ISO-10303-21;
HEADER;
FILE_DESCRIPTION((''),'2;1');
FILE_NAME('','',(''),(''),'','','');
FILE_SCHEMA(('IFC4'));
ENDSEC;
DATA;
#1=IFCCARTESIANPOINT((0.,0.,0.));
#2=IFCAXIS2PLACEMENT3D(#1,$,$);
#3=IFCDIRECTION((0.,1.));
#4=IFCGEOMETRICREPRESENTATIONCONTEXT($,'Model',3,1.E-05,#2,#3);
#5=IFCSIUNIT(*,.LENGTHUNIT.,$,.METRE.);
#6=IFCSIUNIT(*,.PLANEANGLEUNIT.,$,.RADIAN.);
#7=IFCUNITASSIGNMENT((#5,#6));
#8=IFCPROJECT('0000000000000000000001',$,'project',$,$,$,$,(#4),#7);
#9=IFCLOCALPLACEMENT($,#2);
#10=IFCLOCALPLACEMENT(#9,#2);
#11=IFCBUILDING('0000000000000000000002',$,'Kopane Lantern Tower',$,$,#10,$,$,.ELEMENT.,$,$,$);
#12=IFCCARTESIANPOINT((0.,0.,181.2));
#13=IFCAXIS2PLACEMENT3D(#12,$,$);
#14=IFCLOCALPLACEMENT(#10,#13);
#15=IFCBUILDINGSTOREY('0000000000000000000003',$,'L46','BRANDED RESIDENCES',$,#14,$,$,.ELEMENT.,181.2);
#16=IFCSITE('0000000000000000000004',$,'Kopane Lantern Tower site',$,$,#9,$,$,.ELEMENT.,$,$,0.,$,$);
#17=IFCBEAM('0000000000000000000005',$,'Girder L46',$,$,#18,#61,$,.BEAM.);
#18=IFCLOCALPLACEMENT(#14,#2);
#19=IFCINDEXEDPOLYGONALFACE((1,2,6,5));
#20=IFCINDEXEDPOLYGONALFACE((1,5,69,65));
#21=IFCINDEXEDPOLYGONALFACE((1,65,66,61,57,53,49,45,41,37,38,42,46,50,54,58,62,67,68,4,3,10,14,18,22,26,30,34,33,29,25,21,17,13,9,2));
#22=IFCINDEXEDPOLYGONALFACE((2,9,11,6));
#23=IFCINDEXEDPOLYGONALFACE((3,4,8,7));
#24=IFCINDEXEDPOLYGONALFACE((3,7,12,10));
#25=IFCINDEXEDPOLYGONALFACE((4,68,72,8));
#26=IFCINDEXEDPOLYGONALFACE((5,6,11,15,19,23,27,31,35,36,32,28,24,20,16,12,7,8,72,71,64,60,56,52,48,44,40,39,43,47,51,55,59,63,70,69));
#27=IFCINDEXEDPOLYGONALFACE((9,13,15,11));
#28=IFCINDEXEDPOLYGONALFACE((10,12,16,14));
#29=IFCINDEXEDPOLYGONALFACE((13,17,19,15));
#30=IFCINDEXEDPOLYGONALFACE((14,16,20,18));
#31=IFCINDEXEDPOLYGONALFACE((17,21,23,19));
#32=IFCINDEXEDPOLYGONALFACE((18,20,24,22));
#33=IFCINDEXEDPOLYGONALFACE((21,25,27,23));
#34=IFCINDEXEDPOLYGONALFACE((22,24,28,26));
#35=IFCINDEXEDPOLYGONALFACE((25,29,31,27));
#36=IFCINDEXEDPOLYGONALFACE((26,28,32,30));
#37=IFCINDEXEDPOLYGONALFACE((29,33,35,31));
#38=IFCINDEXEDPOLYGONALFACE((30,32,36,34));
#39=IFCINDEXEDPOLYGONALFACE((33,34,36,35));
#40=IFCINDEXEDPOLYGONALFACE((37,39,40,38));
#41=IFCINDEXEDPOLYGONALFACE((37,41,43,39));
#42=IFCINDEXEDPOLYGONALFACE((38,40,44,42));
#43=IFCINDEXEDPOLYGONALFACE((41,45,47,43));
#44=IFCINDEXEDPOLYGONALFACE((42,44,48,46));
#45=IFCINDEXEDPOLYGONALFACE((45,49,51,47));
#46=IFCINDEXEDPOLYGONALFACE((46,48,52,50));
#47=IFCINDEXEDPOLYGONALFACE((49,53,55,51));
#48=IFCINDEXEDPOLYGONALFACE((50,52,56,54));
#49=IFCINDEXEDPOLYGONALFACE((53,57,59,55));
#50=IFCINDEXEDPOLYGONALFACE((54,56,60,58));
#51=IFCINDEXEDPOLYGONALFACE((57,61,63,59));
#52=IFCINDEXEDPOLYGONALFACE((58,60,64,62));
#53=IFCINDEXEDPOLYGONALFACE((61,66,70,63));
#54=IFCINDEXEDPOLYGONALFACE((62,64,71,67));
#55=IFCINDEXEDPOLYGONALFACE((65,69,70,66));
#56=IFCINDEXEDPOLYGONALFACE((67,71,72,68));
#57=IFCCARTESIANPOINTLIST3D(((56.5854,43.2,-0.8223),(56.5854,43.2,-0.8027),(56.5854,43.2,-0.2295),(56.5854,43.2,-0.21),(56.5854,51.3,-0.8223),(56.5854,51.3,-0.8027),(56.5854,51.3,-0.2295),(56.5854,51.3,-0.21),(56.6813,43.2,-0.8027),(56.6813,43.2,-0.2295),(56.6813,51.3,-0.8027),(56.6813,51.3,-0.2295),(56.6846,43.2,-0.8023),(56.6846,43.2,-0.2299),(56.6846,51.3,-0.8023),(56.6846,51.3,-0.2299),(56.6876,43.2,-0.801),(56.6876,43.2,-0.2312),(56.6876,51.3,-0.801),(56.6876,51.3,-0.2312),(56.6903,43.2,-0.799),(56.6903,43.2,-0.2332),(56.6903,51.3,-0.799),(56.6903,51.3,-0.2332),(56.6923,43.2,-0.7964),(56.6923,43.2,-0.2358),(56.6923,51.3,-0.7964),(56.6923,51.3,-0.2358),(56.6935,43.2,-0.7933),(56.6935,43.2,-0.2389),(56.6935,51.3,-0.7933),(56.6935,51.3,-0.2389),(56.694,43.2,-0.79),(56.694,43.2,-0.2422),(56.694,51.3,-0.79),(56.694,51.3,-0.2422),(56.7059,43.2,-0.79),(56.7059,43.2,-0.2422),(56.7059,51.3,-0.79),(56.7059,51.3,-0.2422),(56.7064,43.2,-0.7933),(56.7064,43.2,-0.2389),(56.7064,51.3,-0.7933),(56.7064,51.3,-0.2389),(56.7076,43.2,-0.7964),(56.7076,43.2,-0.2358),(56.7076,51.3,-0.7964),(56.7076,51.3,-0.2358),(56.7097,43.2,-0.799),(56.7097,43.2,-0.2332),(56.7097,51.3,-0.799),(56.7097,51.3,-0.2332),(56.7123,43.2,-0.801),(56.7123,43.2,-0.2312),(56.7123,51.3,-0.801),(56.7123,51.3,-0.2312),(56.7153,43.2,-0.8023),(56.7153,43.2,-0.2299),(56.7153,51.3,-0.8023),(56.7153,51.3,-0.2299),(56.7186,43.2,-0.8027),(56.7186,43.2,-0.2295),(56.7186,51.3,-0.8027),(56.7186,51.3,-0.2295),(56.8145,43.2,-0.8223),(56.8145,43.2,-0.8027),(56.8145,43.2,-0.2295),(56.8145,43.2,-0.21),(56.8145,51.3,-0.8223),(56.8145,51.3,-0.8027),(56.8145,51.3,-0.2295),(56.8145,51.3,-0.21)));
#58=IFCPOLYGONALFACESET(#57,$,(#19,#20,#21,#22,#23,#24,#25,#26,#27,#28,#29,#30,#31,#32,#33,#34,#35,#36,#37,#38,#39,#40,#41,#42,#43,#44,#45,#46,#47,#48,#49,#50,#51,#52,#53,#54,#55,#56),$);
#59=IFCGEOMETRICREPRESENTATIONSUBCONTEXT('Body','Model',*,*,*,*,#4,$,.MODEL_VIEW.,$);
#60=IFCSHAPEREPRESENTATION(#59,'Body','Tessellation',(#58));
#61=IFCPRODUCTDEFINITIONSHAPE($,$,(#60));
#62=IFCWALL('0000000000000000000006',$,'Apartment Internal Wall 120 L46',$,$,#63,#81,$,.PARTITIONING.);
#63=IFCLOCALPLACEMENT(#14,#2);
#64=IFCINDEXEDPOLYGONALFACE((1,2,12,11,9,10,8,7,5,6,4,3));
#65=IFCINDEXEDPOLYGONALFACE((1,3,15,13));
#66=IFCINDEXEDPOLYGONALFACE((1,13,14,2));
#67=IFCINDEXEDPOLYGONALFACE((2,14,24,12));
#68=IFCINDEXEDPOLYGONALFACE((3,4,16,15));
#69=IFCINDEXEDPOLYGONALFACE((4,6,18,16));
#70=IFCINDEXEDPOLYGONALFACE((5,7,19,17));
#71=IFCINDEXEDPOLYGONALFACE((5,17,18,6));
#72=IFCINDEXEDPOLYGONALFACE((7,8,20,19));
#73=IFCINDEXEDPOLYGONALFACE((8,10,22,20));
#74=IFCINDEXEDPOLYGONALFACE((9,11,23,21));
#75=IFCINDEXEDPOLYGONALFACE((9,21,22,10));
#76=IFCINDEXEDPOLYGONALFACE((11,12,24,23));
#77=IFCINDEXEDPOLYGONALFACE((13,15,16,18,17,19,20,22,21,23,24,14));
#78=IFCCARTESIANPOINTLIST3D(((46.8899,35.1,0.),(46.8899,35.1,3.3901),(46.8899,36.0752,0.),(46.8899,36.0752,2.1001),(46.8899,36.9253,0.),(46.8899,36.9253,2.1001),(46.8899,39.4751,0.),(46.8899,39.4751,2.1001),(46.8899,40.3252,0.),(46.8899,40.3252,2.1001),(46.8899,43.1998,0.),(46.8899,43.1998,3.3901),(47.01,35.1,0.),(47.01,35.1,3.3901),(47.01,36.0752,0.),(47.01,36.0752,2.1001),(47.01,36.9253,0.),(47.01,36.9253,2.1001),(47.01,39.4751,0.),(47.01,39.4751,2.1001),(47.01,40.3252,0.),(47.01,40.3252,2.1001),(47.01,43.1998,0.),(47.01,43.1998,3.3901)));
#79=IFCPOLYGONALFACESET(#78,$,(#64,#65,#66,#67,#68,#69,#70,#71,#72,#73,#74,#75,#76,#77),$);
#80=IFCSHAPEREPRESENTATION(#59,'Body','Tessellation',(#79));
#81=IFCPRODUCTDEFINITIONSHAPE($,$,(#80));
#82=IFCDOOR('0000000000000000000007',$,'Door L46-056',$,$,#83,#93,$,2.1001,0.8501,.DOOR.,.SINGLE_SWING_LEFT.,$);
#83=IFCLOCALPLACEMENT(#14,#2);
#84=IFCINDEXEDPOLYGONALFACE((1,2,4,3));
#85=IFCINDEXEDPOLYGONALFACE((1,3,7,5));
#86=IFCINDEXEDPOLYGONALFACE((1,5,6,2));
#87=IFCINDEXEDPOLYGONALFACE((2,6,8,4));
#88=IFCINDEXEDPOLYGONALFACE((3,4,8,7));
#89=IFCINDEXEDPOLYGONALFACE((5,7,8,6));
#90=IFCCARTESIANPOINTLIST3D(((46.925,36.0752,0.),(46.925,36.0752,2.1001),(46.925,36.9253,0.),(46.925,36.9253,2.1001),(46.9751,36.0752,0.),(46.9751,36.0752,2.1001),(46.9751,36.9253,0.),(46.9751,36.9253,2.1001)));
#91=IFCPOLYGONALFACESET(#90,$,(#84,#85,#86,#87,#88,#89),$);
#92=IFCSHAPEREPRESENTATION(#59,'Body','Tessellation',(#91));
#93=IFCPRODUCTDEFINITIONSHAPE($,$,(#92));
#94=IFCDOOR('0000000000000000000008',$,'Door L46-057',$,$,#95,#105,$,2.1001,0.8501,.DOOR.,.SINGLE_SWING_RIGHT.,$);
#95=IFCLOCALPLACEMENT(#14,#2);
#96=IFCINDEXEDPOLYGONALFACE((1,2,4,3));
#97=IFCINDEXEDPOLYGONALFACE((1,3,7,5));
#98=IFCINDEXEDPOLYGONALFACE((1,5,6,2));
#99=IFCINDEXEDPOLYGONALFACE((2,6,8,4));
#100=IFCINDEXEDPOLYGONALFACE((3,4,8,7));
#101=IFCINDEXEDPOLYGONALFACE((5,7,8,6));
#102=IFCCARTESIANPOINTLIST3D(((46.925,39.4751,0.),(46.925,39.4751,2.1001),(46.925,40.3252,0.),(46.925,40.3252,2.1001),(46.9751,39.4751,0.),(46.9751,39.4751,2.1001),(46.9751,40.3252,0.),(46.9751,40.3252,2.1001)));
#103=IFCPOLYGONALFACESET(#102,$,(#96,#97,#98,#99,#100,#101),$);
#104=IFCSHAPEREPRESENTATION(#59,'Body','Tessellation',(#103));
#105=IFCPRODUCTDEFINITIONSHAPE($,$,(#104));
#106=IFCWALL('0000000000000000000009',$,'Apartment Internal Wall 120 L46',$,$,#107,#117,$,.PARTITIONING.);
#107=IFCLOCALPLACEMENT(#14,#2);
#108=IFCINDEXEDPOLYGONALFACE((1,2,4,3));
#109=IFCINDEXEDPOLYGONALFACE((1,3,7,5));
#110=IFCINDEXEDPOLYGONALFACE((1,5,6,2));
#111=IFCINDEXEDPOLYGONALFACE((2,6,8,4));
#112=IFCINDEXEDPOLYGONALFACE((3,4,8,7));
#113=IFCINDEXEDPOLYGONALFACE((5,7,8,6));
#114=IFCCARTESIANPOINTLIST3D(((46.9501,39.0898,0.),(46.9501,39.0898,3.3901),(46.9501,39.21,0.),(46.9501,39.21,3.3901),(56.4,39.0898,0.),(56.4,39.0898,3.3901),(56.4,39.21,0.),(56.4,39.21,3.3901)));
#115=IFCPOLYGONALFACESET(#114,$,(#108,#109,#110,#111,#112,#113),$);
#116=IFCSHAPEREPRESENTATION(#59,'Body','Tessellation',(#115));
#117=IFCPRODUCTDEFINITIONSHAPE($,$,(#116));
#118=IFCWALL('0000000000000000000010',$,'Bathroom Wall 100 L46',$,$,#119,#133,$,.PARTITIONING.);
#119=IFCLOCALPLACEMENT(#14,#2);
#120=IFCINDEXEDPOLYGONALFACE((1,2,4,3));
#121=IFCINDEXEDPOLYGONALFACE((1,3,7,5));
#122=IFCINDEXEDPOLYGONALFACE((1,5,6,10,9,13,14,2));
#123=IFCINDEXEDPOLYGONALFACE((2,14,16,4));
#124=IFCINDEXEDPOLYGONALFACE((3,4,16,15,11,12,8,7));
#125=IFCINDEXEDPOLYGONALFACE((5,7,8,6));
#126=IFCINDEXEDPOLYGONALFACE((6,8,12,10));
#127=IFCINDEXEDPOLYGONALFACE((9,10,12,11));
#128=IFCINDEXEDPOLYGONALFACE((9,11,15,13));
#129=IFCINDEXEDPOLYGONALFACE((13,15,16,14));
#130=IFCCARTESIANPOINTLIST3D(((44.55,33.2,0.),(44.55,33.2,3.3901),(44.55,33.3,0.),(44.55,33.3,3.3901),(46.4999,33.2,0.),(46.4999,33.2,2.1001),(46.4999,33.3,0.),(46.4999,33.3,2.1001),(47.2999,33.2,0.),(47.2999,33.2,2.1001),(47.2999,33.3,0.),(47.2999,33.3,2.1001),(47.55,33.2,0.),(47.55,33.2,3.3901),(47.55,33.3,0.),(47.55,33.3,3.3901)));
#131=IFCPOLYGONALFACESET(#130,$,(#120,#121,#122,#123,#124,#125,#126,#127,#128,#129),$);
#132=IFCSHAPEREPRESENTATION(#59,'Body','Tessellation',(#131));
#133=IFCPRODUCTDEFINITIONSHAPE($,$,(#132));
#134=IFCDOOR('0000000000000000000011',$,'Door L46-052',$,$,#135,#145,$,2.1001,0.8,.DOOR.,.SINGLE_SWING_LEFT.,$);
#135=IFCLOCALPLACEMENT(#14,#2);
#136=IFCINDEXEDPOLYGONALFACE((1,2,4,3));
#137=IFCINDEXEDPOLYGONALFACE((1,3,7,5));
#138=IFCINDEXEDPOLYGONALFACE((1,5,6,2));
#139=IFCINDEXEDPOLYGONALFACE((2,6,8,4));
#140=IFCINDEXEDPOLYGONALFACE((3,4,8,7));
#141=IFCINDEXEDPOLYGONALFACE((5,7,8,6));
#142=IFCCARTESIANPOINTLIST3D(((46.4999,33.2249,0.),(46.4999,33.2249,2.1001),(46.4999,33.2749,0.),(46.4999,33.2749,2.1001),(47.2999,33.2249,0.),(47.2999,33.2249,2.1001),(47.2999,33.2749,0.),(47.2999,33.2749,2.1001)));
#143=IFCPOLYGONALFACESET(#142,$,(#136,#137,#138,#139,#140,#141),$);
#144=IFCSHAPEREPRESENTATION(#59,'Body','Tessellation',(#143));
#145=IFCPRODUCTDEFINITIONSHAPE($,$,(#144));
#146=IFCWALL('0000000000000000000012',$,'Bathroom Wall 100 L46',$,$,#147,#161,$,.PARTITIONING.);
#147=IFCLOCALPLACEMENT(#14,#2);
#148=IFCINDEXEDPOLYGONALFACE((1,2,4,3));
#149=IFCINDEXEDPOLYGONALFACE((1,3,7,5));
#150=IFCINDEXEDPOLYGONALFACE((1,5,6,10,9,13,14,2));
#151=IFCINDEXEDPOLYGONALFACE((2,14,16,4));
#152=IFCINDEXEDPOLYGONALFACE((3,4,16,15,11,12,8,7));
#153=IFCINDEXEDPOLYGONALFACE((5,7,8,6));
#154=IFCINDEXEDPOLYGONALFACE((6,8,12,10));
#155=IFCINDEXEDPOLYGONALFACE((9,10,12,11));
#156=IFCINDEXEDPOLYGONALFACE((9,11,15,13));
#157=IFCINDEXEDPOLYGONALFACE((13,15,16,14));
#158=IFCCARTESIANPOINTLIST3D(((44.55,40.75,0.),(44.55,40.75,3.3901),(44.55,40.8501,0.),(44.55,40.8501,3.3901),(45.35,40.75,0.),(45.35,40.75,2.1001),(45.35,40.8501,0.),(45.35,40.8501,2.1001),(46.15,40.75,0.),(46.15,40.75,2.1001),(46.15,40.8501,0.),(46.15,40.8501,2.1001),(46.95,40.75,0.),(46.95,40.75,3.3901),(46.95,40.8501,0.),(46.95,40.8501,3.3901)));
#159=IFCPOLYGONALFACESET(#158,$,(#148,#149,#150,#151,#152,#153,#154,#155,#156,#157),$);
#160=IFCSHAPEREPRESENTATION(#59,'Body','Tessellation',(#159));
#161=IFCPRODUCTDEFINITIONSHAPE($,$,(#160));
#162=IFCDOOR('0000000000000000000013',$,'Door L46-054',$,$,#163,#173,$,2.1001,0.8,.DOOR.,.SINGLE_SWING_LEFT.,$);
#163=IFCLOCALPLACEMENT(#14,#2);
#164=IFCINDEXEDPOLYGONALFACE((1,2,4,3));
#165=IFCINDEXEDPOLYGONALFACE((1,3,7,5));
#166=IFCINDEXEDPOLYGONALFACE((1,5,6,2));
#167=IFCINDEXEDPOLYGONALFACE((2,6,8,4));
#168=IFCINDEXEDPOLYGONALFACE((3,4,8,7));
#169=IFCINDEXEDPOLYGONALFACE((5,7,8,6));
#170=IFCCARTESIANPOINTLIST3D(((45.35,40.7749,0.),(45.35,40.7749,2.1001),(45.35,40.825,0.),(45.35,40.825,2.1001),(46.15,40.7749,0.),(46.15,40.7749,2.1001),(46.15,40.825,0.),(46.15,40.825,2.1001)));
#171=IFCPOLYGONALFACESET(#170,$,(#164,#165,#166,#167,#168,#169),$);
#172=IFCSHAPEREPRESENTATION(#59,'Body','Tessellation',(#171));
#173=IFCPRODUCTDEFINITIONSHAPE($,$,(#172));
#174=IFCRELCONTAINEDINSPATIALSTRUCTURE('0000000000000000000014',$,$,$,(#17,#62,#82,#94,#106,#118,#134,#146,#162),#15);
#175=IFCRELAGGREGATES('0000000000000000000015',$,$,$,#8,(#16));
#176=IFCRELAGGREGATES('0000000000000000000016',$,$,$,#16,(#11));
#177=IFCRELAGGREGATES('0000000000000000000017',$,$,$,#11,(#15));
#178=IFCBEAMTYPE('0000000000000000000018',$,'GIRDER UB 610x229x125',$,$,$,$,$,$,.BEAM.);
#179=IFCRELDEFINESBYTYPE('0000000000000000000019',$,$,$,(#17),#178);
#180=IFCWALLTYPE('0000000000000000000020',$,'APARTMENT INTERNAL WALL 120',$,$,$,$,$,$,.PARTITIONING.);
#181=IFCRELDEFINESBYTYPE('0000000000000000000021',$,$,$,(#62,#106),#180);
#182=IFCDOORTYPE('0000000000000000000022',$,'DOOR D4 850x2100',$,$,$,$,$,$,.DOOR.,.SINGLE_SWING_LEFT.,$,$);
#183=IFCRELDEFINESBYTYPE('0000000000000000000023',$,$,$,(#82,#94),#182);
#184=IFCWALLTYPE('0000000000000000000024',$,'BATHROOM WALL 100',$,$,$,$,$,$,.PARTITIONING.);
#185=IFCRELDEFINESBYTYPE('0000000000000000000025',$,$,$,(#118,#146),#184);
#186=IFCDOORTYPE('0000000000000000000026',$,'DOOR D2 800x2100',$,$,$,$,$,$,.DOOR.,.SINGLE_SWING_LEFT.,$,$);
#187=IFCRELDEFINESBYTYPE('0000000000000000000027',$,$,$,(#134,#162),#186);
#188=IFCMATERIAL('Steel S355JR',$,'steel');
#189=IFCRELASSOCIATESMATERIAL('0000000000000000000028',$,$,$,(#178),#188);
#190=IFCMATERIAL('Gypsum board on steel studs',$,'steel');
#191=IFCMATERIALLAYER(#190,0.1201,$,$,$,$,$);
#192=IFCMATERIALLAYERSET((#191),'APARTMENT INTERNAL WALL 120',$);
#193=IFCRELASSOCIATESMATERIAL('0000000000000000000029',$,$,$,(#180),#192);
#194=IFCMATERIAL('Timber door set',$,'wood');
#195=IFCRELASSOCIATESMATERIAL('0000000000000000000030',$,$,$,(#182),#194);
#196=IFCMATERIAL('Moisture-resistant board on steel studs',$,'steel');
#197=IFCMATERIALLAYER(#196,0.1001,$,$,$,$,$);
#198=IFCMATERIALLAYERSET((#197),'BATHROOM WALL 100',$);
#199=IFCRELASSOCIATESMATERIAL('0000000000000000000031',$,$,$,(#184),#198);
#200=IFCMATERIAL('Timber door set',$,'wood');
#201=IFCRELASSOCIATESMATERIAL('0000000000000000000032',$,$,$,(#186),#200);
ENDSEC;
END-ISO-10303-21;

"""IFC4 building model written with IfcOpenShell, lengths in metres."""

from ifc_helpers import new_model, si_unit, direction, frame, frame_2d, origin, origin_2d, place, context, subcontext, project, spatial, rectangle, i_section, extrude, material, layer, layer_set, material_profile, profile_set, type_object, element, fill, save


model = new_model("IFC4")

# Units and contexts
model_context = context("Model", 3, precision=1e-05, world=origin(), true_north=direction((0.0, 1.0)))
body_context = subcontext(model_context, "Body", "Model", "MODEL_VIEW")
ifc_project = project(units=[si_unit("LENGTHUNIT", "METRE"), si_unit("PLANEANGLEUNIT", "RADIAN")], contexts=[model_context])

# Site, building, storey
site_placement = place(None, origin())
site = spatial("IfcSite", under=ifc_project, at=site_placement, Name="Kopane Lantern Tower site", CompositionType="ELEMENT", RefElevation=0.0)
building_placement = place(site_placement, origin())
building = spatial("IfcBuilding", under=site, at=building_placement, Name="Kopane Lantern Tower", CompositionType="ELEMENT")
storey_placement = place(building_placement, frame((0.0, 0.0, 181.2)))
storey = spatial("IfcBuildingStorey", under=building, at=storey_placement, Name="L46", Description="BRANDED RESIDENCES", CompositionType="ELEMENT", Elevation=181.2)

# Beam
ifc_material_1 = material(Name="Steel S355JR", Category="steel")
ifc_material_profile_1 = material_profile(ifc_material_1, i_section(OverallWidth=0.229, OverallDepth=0.6123, WebThickness=0.012, FlangeThickness=0.0195, FilletRadius=0.0127, at=origin_2d()), Name="UB 610x229x125")
ifc_profile_set_1 = profile_set([ifc_material_profile_1], Name="Steel S355JR")
beam_type = type_object("IfcBeamType", Name="GIRDER UB 610x229x125", PredefinedType="BEAM", material=ifc_profile_set_1)
beam_1_placement = place(storey_placement, frame((56.7, 43.2, -0.5161), z_axis=(0.0, 1.0, 0.0), x_axis=(-1.0, 0.0, 0.0)))
element("IfcBeam", 1, at=beam_1_placement, inside=storey, type_object=beam_type, Name="Girder L46", PredefinedType="BEAM", context=body_context, shape_type="SweptSolid", body=[
    extrude(i_section(OverallWidth=0.229, OverallDepth=0.6123, WebThickness=0.012, FlangeThickness=0.0195, FilletRadius=0.0127, at=origin_2d()), origin(), (0.0, 0.0, 1.0), 8.1001),
])

# Wall, openings, doors
ifc_material_2 = material(Name="Gypsum board on steel studs", Category="steel")
ifc_layer_1 = layer(ifc_material_2, 0.1201)
ifc_layer_set_1 = layer_set([ifc_layer_1], Name="APARTMENT INTERNAL WALL 120")
wall_type_1 = type_object("IfcWallType", Name="APARTMENT INTERNAL WALL 120", PredefinedType="PARTITIONING", material=ifc_layer_set_1)
wall_1_placement = place(storey_placement, frame((46.95, 35.1001, 0.0), z_axis=(0.0, 0.0, 1.0), x_axis=(0.0, 1.0, 0.0)))
wall_1 = element("IfcWall", 2, at=wall_1_placement, inside=storey, type_object=wall_type_1, Name="Apartment Internal Wall 120 L46", PredefinedType="PARTITIONING", context=body_context, shape_type="SweptSolid", body=[
    extrude(rectangle(XDim=8.0999, YDim=0.1201, at=frame_2d((4.0498, 0.0))), origin(), (0.0, 0.0, 1.0), 3.3901),
])
opening_1_placement = place(wall_1_placement, frame((0.9751, 0.0, 0.0)))
opening_1 = element("IfcOpeningElement", 3, at=opening_1_placement, cuts=wall_1, PredefinedType="OPENING", context=body_context, shape_type="SweptSolid", body=[
    extrude(rectangle(XDim=0.8501, YDim=2.1001, at=frame_2d((0.425, 1.05))), frame((0.0, 0.0701, 0.0), z_axis=(0.0, -1.0, 0.0), x_axis=(1.0, 0.0, 0.0)), (0.0, 0.0, 1.0), 0.1401),
])
opening_2_placement = place(wall_1_placement, frame((4.375, 0.0, 0.0)))
opening_2 = element("IfcOpeningElement", 4, at=opening_2_placement, cuts=wall_1, PredefinedType="OPENING", context=body_context, shape_type="SweptSolid", body=[
    extrude(rectangle(XDim=0.8501, YDim=2.1001, at=frame_2d((0.425, 1.05))), frame((0.0, 0.0701, 0.0), z_axis=(0.0, -1.0, 0.0), x_axis=(1.0, 0.0, 0.0)), (0.0, 0.0, 1.0), 0.1401),
])
ifc_material_3 = material(Name="Timber door set", Category="wood")
door_type_1 = type_object("IfcDoorType", Name="DOOR D4 850x2100", OperationType="SINGLE_SWING_LEFT", PredefinedType="DOOR", material=ifc_material_3)
door_1_placement = place(opening_1_placement, origin())
door_1 = element("IfcDoor", 5, at=door_1_placement, inside=storey, type_object=door_type_1, Name="Door L46-056", OperationType="SINGLE_SWING_LEFT", OverallHeight=2.1001, OverallWidth=0.8501, PredefinedType="DOOR", context=body_context, shape_type="SweptSolid", body=[
    extrude(rectangle(XDim=0.8501, YDim=2.1001, at=frame_2d((0.425, 1.05))), frame((0.0, 0.0249, 0.0), z_axis=(0.0, -1.0, 0.0), x_axis=(1.0, 0.0, 0.0)), (0.0, 0.0, 1.0), 0.05),
])
fill(opening_1, door_1)
door_2_placement = place(opening_2_placement, origin())
door_2 = element("IfcDoor", 6, at=door_2_placement, inside=storey, type_object=door_type_1, Name="Door L46-057", OperationType="SINGLE_SWING_RIGHT", OverallHeight=2.1001, OverallWidth=0.8501, PredefinedType="DOOR", context=body_context, shape_type="SweptSolid", body=[
    extrude(rectangle(XDim=0.8501, YDim=2.1001, at=frame_2d((0.425, 1.05))), frame((0.0, 0.0249, 0.0), z_axis=(0.0, -1.0, 0.0), x_axis=(1.0, 0.0, 0.0)), (0.0, 0.0, 1.0), 0.05),
])
fill(opening_2, door_2)

# Wall
wall_2_placement = place(storey_placement, frame((46.95, 39.1499, 0.0), z_axis=(0.0, 0.0, 1.0), x_axis=(1.0, 0.0, 0.0)))
element("IfcWall", 7, at=wall_2_placement, inside=storey, type_object=wall_type_1, Name="Apartment Internal Wall 120 L46", PredefinedType="PARTITIONING", context=body_context, shape_type="SweptSolid", body=[
    extrude(rectangle(XDim=9.45, YDim=0.1201, at=frame_2d((4.7251, 0.0))), origin(), (0.0, 0.0, 1.0), 3.3901),
])

# Walls, openings, doors
ifc_material_4 = material(Name="Moisture-resistant board on steel studs", Category="steel")
ifc_layer_2 = layer(ifc_material_4, 0.1001)
ifc_layer_set_2 = layer_set([ifc_layer_2], Name="BATHROOM WALL 100")
wall_type_2 = type_object("IfcWallType", Name="BATHROOM WALL 100", PredefinedType="PARTITIONING", material=ifc_layer_set_2)
wall_3_placement = place(storey_placement, frame((44.55, 33.25, 0.0), z_axis=(0.0, 0.0, 1.0), x_axis=(1.0, 0.0, 0.0)))
wall_3 = element("IfcWall", 8, at=wall_3_placement, inside=storey, type_object=wall_type_2, Name="Bathroom Wall 100 L46", PredefinedType="PARTITIONING", context=body_context, shape_type="SweptSolid", body=[
    extrude(rectangle(XDim=3.0, YDim=0.1001, at=frame_2d((1.5, 0.0))), origin(), (0.0, 0.0, 1.0), 3.3901),
])
opening_3_placement = place(wall_3_placement, frame((1.95, 0.0, 0.0)))
opening_3 = element("IfcOpeningElement", 9, at=opening_3_placement, cuts=wall_3, PredefinedType="OPENING", context=body_context, shape_type="SweptSolid", body=[
    extrude(rectangle(XDim=0.8, YDim=2.1001, at=frame_2d((0.3999, 1.05))), frame((0.0, 0.0601, 0.0), z_axis=(0.0, -1.0, 0.0), x_axis=(1.0, 0.0, 0.0)), (0.0, 0.0, 1.0), 0.1201),
])
ifc_material_5 = material(Name="Timber door set", Category="wood")
door_type_2 = type_object("IfcDoorType", Name="DOOR D2 800x2100", OperationType="SINGLE_SWING_LEFT", PredefinedType="DOOR", material=ifc_material_5)
door_3_placement = place(opening_3_placement, origin())
door_3 = element("IfcDoor", 10, at=door_3_placement, inside=storey, type_object=door_type_2, Name="Door L46-052", OperationType="SINGLE_SWING_LEFT", OverallHeight=2.1001, OverallWidth=0.8, PredefinedType="DOOR", context=body_context, shape_type="SweptSolid", body=[
    extrude(rectangle(XDim=0.8, YDim=2.1001, at=frame_2d((0.3999, 1.05))), frame((0.0, 0.0249, 0.0), z_axis=(0.0, -1.0, 0.0), x_axis=(1.0, 0.0, 0.0)), (0.0, 0.0, 1.0), 0.05),
])
fill(opening_3, door_3)
wall_4_placement = place(storey_placement, frame((44.55, 40.8, 0.0), z_axis=(0.0, 0.0, 1.0), x_axis=(1.0, 0.0, 0.0)))
wall_4 = element("IfcWall", 11, at=wall_4_placement, inside=storey, type_object=wall_type_2, Name="Bathroom Wall 100 L46", PredefinedType="PARTITIONING", context=body_context, shape_type="SweptSolid", body=[
    extrude(rectangle(XDim=2.3999, YDim=0.1001, at=frame_2d((1.2, 0.0))), origin(), (0.0, 0.0, 1.0), 3.3901),
])
opening_4_placement = place(wall_4_placement, frame((0.8, 0.0, 0.0)))
opening_4 = element("IfcOpeningElement", 12, at=opening_4_placement, cuts=wall_4, PredefinedType="OPENING", context=body_context, shape_type="SweptSolid", body=[
    extrude(rectangle(XDim=0.8, YDim=2.1001, at=frame_2d((0.3999, 1.05))), frame((0.0, 0.0601, 0.0), z_axis=(0.0, -1.0, 0.0), x_axis=(1.0, 0.0, 0.0)), (0.0, 0.0, 1.0), 0.1201),
])
door_4_placement = place(opening_4_placement, origin())
door_4 = element("IfcDoor", 13, at=door_4_placement, inside=storey, type_object=door_type_2, Name="Door L46-054", OperationType="SINGLE_SWING_LEFT", OverallHeight=2.1001, OverallWidth=0.8, PredefinedType="DOOR", context=body_context, shape_type="SweptSolid", body=[
    extrude(rectangle(XDim=0.8, YDim=2.1001, at=frame_2d((0.3999, 1.05))), frame((0.0, 0.0249, 0.0), z_axis=(0.0, -1.0, 0.0), x_axis=(1.0, 0.0, 0.0)), (0.0, 0.0, 1.0), 0.05),
])
fill(opening_4, door_4)

save(model, "model.ifc")
